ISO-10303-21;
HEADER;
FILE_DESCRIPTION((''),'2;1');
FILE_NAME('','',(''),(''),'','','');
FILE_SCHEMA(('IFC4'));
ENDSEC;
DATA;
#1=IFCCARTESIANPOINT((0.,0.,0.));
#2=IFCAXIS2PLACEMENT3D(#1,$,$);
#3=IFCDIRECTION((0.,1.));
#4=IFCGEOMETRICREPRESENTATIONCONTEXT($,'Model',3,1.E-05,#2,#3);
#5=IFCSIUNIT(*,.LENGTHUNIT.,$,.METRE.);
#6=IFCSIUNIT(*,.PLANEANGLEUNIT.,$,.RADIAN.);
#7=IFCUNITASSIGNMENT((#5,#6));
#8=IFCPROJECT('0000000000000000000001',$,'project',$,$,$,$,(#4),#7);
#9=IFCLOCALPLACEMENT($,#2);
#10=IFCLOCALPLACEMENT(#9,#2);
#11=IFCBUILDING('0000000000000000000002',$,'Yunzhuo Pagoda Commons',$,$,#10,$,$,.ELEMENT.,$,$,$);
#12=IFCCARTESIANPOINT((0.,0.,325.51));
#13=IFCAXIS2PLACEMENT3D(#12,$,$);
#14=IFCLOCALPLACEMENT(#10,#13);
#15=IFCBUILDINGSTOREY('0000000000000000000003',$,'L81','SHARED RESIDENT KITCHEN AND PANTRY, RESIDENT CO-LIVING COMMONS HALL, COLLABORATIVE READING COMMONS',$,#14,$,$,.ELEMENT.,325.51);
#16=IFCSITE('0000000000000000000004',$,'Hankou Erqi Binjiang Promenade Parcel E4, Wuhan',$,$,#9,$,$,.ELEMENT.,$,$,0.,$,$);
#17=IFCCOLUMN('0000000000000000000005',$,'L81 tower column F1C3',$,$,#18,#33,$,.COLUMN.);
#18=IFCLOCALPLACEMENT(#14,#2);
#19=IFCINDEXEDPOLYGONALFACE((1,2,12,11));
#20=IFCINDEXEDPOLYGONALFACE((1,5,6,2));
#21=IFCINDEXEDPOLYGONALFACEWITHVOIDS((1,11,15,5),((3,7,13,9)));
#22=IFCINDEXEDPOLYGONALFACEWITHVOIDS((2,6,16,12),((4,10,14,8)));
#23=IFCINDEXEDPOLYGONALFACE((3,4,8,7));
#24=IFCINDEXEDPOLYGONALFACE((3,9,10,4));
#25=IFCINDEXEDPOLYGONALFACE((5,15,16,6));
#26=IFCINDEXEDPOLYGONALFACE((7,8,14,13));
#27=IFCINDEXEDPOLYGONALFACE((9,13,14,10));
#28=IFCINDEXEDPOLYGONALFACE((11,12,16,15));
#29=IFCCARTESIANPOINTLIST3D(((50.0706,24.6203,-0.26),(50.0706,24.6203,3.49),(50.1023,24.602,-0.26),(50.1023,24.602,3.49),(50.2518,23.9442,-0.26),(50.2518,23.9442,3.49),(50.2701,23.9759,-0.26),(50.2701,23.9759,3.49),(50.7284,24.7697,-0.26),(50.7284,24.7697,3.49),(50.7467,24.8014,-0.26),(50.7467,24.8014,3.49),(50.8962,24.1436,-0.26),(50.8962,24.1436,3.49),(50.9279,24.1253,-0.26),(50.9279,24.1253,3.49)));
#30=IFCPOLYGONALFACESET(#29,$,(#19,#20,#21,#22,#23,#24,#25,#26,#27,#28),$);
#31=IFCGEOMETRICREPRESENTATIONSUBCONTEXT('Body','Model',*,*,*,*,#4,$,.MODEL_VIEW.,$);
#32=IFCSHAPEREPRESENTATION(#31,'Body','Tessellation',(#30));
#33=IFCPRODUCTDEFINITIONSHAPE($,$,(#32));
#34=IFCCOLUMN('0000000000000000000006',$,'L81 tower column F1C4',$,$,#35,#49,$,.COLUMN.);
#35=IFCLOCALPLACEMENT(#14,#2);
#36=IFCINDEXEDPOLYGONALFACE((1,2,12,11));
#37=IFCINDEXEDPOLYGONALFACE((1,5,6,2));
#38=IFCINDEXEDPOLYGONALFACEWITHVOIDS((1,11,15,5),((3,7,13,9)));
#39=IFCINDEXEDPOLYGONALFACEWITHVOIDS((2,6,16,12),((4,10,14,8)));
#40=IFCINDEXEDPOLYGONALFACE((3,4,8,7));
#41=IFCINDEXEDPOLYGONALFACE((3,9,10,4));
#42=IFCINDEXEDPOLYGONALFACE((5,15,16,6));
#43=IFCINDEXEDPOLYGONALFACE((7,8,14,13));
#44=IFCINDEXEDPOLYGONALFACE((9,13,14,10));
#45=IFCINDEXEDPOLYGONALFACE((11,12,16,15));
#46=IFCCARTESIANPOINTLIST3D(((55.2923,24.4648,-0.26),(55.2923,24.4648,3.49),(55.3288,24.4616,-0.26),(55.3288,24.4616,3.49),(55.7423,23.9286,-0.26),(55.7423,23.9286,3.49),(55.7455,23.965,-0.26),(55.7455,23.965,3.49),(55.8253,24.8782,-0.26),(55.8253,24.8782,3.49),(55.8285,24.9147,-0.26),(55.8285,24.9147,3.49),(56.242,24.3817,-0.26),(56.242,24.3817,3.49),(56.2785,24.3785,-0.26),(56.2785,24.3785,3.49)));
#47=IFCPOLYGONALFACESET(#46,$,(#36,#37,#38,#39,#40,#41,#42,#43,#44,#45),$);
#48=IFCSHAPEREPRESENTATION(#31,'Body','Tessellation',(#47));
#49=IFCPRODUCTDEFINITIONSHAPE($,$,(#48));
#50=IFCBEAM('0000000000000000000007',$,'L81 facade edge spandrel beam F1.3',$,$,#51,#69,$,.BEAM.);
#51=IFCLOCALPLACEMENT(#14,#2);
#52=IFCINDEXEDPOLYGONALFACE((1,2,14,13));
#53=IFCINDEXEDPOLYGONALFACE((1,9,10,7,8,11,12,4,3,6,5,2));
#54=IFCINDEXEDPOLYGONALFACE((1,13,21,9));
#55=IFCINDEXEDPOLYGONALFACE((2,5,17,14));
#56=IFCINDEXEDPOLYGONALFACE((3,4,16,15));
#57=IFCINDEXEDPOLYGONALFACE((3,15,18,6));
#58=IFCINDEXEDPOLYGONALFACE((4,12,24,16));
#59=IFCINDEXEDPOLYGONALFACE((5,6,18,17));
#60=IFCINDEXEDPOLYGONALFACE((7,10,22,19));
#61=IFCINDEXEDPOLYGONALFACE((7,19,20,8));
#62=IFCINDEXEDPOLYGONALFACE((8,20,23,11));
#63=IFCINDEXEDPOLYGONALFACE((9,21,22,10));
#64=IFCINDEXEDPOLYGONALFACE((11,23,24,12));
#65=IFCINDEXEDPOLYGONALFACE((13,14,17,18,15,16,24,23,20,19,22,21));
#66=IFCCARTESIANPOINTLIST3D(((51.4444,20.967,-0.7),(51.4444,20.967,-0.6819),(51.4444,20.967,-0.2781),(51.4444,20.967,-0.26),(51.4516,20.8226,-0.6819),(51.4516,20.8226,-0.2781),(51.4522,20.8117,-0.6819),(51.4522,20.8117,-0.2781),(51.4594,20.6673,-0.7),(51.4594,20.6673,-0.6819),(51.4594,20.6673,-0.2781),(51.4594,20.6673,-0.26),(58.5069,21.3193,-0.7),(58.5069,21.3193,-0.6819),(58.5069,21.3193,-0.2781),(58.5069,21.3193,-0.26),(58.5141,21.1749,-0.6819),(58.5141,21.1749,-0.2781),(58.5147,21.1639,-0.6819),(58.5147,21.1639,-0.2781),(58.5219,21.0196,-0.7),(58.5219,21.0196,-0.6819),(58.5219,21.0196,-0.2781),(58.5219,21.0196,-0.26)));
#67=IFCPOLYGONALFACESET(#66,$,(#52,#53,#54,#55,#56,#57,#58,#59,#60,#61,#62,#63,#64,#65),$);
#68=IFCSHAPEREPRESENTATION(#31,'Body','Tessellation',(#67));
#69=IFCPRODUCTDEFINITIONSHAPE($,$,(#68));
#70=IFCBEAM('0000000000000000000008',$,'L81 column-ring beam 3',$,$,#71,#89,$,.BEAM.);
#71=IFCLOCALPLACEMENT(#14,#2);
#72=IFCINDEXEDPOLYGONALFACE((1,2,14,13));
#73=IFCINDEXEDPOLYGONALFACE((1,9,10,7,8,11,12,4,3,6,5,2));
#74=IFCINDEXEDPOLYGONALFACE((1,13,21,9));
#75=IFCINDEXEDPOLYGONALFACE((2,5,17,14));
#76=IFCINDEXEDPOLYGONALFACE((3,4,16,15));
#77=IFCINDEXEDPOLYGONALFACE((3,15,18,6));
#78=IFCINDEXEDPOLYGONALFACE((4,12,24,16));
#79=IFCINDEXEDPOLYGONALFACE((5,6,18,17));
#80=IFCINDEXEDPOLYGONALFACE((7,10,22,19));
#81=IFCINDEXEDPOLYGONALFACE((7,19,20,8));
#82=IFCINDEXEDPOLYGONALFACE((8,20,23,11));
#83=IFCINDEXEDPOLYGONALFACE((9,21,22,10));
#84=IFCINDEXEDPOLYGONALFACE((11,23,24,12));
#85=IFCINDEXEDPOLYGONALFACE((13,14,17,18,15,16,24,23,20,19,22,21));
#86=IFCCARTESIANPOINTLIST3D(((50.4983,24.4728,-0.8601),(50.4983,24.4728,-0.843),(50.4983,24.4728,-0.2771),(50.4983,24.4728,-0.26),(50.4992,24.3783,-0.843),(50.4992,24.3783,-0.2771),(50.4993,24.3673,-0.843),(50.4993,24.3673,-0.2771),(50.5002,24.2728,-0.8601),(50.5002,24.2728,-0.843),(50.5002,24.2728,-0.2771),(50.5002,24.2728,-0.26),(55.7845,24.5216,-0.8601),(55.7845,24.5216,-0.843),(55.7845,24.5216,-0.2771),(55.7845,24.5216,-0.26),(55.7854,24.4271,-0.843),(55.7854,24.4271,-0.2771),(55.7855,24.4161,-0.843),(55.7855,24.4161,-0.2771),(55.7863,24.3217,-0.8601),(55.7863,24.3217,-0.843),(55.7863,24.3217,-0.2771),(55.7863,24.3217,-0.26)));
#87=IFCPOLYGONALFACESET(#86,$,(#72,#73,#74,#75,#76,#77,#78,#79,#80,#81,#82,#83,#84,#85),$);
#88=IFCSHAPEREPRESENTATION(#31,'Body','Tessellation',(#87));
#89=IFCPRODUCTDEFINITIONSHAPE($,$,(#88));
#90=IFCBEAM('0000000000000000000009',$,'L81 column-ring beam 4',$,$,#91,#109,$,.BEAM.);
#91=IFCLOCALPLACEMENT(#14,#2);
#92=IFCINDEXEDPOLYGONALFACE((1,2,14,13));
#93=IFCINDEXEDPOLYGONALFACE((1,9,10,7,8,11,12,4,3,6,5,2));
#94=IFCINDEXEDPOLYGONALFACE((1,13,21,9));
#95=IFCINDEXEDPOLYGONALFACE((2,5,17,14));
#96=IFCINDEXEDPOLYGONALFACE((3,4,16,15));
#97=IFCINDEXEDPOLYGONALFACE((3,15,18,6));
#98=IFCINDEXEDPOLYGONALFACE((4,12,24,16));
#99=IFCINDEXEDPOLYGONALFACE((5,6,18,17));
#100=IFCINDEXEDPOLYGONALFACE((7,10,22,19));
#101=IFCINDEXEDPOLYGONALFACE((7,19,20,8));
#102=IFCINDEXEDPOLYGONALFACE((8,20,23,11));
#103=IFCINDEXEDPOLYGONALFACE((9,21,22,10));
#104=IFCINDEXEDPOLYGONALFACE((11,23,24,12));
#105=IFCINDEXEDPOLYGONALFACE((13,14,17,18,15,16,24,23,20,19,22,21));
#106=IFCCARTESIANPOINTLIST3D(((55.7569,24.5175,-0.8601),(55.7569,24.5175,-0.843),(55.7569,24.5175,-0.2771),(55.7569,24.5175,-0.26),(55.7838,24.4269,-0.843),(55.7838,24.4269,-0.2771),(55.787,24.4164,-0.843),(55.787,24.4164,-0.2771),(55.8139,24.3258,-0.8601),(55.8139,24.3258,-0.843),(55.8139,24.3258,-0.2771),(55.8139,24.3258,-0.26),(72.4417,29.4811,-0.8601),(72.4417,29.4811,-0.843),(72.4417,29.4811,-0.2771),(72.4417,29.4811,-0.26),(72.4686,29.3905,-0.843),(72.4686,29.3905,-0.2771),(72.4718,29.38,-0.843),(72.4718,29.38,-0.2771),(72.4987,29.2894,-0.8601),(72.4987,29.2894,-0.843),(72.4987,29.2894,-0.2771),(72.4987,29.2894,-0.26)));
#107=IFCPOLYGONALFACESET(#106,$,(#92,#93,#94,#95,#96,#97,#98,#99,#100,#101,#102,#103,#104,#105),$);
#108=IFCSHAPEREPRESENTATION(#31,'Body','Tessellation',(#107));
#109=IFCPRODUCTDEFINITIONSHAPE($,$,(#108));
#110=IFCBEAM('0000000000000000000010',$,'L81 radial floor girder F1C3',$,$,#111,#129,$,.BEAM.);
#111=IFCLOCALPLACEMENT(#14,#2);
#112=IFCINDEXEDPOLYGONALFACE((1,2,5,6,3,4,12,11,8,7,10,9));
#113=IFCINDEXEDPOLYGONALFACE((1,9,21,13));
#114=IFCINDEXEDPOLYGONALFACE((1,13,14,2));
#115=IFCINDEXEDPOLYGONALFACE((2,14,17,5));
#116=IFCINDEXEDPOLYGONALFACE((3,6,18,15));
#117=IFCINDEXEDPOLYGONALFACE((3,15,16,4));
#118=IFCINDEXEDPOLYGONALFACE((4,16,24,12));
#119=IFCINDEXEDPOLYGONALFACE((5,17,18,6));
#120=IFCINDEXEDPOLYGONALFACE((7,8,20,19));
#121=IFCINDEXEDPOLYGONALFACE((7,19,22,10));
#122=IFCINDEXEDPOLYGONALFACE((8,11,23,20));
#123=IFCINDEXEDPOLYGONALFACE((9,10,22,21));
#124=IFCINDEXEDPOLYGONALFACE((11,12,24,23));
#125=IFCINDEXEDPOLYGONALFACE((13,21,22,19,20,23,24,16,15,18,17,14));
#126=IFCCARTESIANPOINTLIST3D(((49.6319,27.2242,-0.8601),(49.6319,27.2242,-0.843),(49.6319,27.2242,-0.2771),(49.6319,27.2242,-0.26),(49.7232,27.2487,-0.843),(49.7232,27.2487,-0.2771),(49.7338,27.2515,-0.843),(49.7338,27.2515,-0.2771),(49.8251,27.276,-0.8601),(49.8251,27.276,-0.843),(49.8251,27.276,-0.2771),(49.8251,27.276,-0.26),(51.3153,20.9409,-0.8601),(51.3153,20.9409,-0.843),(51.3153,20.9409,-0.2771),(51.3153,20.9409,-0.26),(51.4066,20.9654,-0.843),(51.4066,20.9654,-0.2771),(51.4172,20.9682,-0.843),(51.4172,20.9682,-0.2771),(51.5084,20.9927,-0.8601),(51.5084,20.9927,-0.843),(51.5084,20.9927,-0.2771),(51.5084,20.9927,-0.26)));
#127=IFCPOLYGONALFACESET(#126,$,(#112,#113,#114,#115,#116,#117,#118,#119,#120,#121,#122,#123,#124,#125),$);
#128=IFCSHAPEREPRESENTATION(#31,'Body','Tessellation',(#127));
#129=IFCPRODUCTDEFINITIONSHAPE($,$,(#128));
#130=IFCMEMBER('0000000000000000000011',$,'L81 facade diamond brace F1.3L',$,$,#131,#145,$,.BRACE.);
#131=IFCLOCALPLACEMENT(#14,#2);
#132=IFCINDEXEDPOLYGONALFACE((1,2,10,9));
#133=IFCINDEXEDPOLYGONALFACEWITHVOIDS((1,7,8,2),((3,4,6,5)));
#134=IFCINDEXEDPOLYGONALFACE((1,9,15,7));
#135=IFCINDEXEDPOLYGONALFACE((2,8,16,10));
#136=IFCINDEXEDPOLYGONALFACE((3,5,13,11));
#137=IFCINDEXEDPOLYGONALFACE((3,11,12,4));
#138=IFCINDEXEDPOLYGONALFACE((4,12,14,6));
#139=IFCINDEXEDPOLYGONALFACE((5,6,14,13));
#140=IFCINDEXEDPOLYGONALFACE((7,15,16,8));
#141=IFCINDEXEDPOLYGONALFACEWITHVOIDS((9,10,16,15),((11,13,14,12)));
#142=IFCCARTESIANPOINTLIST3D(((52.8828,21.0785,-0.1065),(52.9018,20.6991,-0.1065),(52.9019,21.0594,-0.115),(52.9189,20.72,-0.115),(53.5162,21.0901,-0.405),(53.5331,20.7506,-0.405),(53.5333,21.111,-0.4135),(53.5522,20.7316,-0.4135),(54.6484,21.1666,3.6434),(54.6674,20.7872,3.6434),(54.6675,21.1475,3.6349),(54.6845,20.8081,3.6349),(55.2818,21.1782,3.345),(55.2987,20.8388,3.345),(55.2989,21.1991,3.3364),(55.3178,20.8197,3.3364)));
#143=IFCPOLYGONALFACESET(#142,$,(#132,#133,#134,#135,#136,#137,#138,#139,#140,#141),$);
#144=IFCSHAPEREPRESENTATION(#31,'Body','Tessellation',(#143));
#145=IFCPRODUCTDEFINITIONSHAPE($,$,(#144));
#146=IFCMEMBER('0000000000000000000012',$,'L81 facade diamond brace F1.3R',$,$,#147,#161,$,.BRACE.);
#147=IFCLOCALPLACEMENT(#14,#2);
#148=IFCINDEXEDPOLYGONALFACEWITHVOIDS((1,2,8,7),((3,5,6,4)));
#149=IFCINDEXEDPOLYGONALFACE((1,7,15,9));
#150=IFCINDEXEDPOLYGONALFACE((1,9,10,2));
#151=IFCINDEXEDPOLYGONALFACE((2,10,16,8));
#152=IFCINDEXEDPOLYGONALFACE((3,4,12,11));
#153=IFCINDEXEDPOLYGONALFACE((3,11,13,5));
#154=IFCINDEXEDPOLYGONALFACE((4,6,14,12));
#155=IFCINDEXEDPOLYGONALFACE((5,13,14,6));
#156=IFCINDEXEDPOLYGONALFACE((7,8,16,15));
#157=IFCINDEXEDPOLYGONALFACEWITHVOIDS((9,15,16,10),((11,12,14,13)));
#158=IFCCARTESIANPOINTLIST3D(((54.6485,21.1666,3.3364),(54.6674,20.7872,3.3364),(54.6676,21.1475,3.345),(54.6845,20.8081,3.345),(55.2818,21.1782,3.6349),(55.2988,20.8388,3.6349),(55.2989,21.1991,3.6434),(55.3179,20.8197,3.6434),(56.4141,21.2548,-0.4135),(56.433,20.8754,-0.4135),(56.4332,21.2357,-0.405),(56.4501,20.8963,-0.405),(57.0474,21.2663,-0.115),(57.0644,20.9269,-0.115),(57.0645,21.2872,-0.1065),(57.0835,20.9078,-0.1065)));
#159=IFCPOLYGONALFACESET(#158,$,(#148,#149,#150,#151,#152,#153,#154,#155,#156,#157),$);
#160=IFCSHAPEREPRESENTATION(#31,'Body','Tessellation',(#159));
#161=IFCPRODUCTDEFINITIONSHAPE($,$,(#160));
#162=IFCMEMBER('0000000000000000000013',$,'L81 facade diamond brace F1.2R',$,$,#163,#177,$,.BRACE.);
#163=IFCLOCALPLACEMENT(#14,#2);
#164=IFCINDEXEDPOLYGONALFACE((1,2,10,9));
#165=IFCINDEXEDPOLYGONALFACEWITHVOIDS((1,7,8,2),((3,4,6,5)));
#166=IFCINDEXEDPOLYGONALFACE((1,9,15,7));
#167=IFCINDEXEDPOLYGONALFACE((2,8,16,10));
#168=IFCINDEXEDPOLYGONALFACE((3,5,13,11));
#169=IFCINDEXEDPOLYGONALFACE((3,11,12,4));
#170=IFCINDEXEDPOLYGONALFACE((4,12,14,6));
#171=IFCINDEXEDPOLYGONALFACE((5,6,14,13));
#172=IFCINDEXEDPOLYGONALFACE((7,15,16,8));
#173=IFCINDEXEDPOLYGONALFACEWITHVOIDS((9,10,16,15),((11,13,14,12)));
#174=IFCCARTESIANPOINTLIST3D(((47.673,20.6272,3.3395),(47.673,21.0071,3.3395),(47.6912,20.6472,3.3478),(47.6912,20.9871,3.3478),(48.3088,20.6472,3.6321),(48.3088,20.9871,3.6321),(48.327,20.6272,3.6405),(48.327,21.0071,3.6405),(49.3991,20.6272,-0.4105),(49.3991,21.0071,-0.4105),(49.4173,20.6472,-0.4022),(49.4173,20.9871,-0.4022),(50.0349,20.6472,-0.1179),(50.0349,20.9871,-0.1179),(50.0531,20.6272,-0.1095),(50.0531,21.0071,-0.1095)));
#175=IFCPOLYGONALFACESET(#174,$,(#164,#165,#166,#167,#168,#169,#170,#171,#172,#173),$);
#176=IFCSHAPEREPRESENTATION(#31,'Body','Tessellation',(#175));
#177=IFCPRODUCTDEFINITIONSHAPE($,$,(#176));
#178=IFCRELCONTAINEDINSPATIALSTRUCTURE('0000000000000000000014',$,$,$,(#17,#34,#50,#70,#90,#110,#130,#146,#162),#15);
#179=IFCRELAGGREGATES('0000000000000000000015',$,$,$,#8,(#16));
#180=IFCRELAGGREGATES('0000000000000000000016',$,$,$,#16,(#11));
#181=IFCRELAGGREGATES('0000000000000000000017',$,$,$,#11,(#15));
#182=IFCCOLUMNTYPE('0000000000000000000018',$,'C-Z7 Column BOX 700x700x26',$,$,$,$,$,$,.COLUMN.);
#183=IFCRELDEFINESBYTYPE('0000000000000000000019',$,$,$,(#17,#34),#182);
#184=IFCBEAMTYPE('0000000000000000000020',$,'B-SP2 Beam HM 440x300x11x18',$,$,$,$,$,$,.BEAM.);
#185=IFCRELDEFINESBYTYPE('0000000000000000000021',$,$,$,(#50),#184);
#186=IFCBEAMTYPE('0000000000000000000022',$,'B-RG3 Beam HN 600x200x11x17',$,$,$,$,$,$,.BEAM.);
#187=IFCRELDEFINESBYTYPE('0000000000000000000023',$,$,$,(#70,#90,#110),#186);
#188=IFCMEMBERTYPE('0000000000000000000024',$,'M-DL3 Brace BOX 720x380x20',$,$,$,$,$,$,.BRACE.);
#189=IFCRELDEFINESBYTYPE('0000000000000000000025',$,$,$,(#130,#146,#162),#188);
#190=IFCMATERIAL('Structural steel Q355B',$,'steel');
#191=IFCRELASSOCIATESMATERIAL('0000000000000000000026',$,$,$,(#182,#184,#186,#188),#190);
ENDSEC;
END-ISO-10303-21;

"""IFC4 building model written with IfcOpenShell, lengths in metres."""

from ifc_helpers import new_model, si_unit, direction, frame, origin, origin_2d, place, context, subcontext, project, spatial, hollow_rectangle, i_section, extrude, source, transform, mapped, material, material_profile, profile_set, type_object, element, save


model = new_model("IFC4")

# Units and contexts
model_context = context("Model", 3, precision=1e-05, world=origin(), true_north=direction((0.0, 1.0)))
body_context = subcontext(model_context, "Body", "Model", "MODEL_VIEW")
ifc_project = project(units=[si_unit("LENGTHUNIT", "METRE"), si_unit("PLANEANGLEUNIT", "RADIAN")], contexts=[model_context])

# Site, building, storey
site_placement = place(None, origin())
site = spatial("IfcSite", under=ifc_project, at=site_placement, Name="Hankou Erqi Binjiang Promenade Parcel E4, Wuhan", CompositionType="ELEMENT", RefElevation=0.0)
building_placement = place(site_placement, origin())
building = spatial("IfcBuilding", under=site, at=building_placement, Name="Yunzhuo Pagoda Commons", CompositionType="ELEMENT")
storey_placement = place(building_placement, frame((0.0, 0.0, 325.51)))
storey = spatial("IfcBuildingStorey", under=building, at=storey_placement, Name="L81", Description="SHARED RESIDENT KITCHEN AND PANTRY, RESIDENT CO-LIVING COMMONS HALL, COLLABORATIVE READING COMMONS", CompositionType="ELEMENT", Elevation=325.51)

# Columns
ifc_material_1 = material(Name="Structural steel Q355B", Category="steel")
ifc_material_profile_1 = material_profile(ifc_material_1, hollow_rectangle(XDim=0.7, YDim=0.7, WallThickness=0.0259, at=origin_2d()), Name="Structural steel Q355B")
ifc_profile_set_1 = profile_set([ifc_material_profile_1], Name="Structural steel Q355B")
column_type = type_object("IfcColumnType", Name="C-Z7 Column BOX 700x700x26", PredefinedType="COLUMN", material=ifc_profile_set_1)
shared_shape_1 = source(origin(), body_context, "Body", "SweptSolid", [
    extrude(hollow_rectangle(XDim=0.7, YDim=0.7, WallThickness=0.0259, at=origin_2d()), origin(), (0.0, 0.0, 1.0), 3.75),
])
for number, where, z_axis, x_axis, name in (
    (1, (50.4993, 24.3728, -0.26), (0.0, 0.0, 1.0), (0.965926, 0.258819, 0.0), "L81 tower column F1C3"),
    (2, (55.7854, 24.4216, -0.26), (0.0, 0.0, 1.0), (0.766044, 0.642788, 0.0), "L81 tower column F1C4"),
):
    element("IfcColumn", number, at=place(storey_placement, frame(where, z_axis=z_axis, x_axis=x_axis)), inside=storey, type_object=column_type, Name=name, PredefinedType="COLUMN", context=body_context, shape_type="MappedRepresentation", body=[
        mapped(shared_shape_1, transform((0.0, 0.0, 0.0), scale=1.0)),
    ])

# Beams
ifc_material_profile_2 = material_profile(ifc_material_1, i_section(OverallWidth=0.3, OverallDepth=0.4399, WebThickness=0.011, FlangeThickness=0.0181, at=origin_2d()), Name="Structural steel Q355B")
ifc_profile_set_2 = profile_set([ifc_material_profile_2], Name="Structural steel Q355B")
beam_type_1 = type_object("IfcBeamType", Name="B-SP2 Beam HM 440x300x11x18", PredefinedType="BEAM", material=ifc_profile_set_2)
shared_shape_2 = source(origin(), body_context, "Body", "SweptSolid", [
    extrude(i_section(OverallWidth=0.3, OverallDepth=0.4399, WebThickness=0.011, FlangeThickness=0.0181, at=origin_2d()), origin(), (0.0, 0.0, 1.0), 7.0713),
])
beam_1_placement = place(storey_placement, frame((51.4519, 20.8171, -0.48), z_axis=(0.998758, 0.049821, 0.0), x_axis=(-0.049821, 0.998758, 0.0)))
element("IfcBeam", 3, at=beam_1_placement, inside=storey, type_object=beam_type_1, Name="L81 facade edge spandrel beam F1.3", PredefinedType="BEAM", context=body_context, shape_type="MappedRepresentation", body=[
    mapped(shared_shape_2, transform((0.0, 0.0, 0.0), scale=1.0)),
])
ifc_material_profile_3 = material_profile(ifc_material_1, i_section(OverallWidth=0.2, OverallDepth=0.6001, WebThickness=0.011, FlangeThickness=0.0171, at=origin_2d()), Name="Structural steel Q355B")
ifc_profile_set_3 = profile_set([ifc_material_profile_3], Name="Structural steel Q355B")
beam_type_2 = type_object("IfcBeamType", Name="B-RG3 Beam HN 600x200x11x17", PredefinedType="BEAM", material=ifc_profile_set_3)
shared_shape_3 = source(origin(), body_context, "Body", "SweptSolid", [
    extrude(i_section(OverallWidth=0.2, OverallDepth=0.6001, WebThickness=0.011, FlangeThickness=0.0171, at=origin_2d()), origin(), (0.0, 0.0, 1.0), 5.2864),
])
beam_2_placement = place(storey_placement, frame((50.4993, 24.3728, -0.5601), z_axis=(0.999957, 0.009237, 0.0), x_axis=(-0.009237, 0.999957, 0.0)))
element("IfcBeam", 4, at=beam_2_placement, inside=storey, type_object=beam_type_2, Name="L81 column-ring beam 3", PredefinedType="BEAM", context=body_context, shape_type="MappedRepresentation", body=[
    mapped(shared_shape_3, transform((0.0, 0.0, 0.0), scale=1.0)),
])
shared_shape_4 = source(origin(), body_context, "Body", "SweptSolid", [
    extrude(i_section(OverallWidth=0.2, OverallDepth=0.6001, WebThickness=0.011, FlangeThickness=0.0171, at=origin_2d()), origin(), (0.0, 0.0, 1.0), 17.4075),
])
beam_3_placement = place(storey_placement, frame((55.7854, 24.4216, -0.5601), z_axis=(0.958485, 0.285143, 0.0), x_axis=(-0.285143, 0.958485, 0.0)))
element("IfcBeam", 5, at=beam_3_placement, inside=storey, type_object=beam_type_2, Name="L81 column-ring beam 4", PredefinedType="BEAM", context=body_context, shape_type="MappedRepresentation", body=[
    mapped(shared_shape_4, transform((0.0, 0.0, 0.0), scale=1.0)),
])
shared_shape_5 = source(origin(), body_context, "Body", "SweptSolid", [
    extrude(i_section(OverallWidth=0.2, OverallDepth=0.6001, WebThickness=0.011, FlangeThickness=0.0171, at=origin_2d()), origin(), (0.0, 0.0, 1.0), 6.5049),
])
beam_4_placement = place(storey_placement, frame((51.4119, 20.9668, -0.5601), z_axis=(-0.258786, 0.965935, 0.0), x_axis=(-0.965935, -0.258786, 0.0)))
element("IfcBeam", 6, at=beam_4_placement, inside=storey, type_object=beam_type_2, Name="L81 radial floor girder F1C3", PredefinedType="BEAM", context=body_context, shape_type="MappedRepresentation", body=[
    mapped(shared_shape_5, transform((0.0, 0.0, 0.0), scale=1.0)),
])

# Members
ifc_material_profile_4 = material_profile(ifc_material_1, hollow_rectangle(XDim=0.3799, YDim=0.72, WallThickness=0.02, at=origin_2d()), Name="Structural steel Q355B")
ifc_profile_set_4 = profile_set([ifc_material_profile_4], Name="Structural steel Q355B")
member_type_1 = type_object("IfcMemberType", Name="M-DL3 Brace BOX 720x380x20", PredefinedType="BRACE", material=ifc_profile_set_4)
shared_shape_6 = source(origin(), body_context, "Body", "SweptSolid", [
    extrude(hollow_rectangle(XDim=0.3799, YDim=0.72, WallThickness=0.02, at=origin_2d()), origin(), (0.0, 0.0, 1.0), 4.1458),
])
for number, where, z_axis, x_axis, name in (
    (7, (53.2175, 20.905, -0.26), (0.425882, 0.021259, 0.904529), (-0.049855, 0.998756, 0.0), "L81 facade diamond brace F1.3L"),
    (8, (56.7488, 21.0813, -0.26), (-0.425882, -0.021259, 0.904529), (0.049855, -0.998756, 0.0), "L81 facade diamond brace F1.3R"),
):
    element("IfcMember", number, at=place(storey_placement, frame(where, z_axis=z_axis, x_axis=x_axis)), inside=storey, type_object=member_type_1, Name=name, PredefinedType="BRACE", context=body_context, shape_type="MappedRepresentation", body=[
        mapped(shared_shape_6, transform((0.0, 0.0, 0.0), scale=1.0)),
    ])
shared_shape_7 = source(origin(), body_context, "Body", "SweptSolid", [
    extrude(hollow_rectangle(XDim=0.3799, YDim=0.72, WallThickness=0.02, at=origin_2d()), origin(), (0.0, 0.0, 1.0), 4.1282),
])
member_1_placement = place(storey_placement, frame((49.7261, 20.8171, -0.26), z_axis=(-0.41812, 0.0, 0.908392), x_axis=(0.0, -1.0, 0.0)))
element("IfcMember", 9, at=member_1_placement, inside=storey, type_object=member_type_1, Name="L81 facade diamond brace F1.2R", PredefinedType="BRACE", context=body_context, shape_type="MappedRepresentation", body=[
    mapped(shared_shape_7, transform((0.0, 0.0, 0.0), scale=1.0)),
])

save(model, "model.ifc")
